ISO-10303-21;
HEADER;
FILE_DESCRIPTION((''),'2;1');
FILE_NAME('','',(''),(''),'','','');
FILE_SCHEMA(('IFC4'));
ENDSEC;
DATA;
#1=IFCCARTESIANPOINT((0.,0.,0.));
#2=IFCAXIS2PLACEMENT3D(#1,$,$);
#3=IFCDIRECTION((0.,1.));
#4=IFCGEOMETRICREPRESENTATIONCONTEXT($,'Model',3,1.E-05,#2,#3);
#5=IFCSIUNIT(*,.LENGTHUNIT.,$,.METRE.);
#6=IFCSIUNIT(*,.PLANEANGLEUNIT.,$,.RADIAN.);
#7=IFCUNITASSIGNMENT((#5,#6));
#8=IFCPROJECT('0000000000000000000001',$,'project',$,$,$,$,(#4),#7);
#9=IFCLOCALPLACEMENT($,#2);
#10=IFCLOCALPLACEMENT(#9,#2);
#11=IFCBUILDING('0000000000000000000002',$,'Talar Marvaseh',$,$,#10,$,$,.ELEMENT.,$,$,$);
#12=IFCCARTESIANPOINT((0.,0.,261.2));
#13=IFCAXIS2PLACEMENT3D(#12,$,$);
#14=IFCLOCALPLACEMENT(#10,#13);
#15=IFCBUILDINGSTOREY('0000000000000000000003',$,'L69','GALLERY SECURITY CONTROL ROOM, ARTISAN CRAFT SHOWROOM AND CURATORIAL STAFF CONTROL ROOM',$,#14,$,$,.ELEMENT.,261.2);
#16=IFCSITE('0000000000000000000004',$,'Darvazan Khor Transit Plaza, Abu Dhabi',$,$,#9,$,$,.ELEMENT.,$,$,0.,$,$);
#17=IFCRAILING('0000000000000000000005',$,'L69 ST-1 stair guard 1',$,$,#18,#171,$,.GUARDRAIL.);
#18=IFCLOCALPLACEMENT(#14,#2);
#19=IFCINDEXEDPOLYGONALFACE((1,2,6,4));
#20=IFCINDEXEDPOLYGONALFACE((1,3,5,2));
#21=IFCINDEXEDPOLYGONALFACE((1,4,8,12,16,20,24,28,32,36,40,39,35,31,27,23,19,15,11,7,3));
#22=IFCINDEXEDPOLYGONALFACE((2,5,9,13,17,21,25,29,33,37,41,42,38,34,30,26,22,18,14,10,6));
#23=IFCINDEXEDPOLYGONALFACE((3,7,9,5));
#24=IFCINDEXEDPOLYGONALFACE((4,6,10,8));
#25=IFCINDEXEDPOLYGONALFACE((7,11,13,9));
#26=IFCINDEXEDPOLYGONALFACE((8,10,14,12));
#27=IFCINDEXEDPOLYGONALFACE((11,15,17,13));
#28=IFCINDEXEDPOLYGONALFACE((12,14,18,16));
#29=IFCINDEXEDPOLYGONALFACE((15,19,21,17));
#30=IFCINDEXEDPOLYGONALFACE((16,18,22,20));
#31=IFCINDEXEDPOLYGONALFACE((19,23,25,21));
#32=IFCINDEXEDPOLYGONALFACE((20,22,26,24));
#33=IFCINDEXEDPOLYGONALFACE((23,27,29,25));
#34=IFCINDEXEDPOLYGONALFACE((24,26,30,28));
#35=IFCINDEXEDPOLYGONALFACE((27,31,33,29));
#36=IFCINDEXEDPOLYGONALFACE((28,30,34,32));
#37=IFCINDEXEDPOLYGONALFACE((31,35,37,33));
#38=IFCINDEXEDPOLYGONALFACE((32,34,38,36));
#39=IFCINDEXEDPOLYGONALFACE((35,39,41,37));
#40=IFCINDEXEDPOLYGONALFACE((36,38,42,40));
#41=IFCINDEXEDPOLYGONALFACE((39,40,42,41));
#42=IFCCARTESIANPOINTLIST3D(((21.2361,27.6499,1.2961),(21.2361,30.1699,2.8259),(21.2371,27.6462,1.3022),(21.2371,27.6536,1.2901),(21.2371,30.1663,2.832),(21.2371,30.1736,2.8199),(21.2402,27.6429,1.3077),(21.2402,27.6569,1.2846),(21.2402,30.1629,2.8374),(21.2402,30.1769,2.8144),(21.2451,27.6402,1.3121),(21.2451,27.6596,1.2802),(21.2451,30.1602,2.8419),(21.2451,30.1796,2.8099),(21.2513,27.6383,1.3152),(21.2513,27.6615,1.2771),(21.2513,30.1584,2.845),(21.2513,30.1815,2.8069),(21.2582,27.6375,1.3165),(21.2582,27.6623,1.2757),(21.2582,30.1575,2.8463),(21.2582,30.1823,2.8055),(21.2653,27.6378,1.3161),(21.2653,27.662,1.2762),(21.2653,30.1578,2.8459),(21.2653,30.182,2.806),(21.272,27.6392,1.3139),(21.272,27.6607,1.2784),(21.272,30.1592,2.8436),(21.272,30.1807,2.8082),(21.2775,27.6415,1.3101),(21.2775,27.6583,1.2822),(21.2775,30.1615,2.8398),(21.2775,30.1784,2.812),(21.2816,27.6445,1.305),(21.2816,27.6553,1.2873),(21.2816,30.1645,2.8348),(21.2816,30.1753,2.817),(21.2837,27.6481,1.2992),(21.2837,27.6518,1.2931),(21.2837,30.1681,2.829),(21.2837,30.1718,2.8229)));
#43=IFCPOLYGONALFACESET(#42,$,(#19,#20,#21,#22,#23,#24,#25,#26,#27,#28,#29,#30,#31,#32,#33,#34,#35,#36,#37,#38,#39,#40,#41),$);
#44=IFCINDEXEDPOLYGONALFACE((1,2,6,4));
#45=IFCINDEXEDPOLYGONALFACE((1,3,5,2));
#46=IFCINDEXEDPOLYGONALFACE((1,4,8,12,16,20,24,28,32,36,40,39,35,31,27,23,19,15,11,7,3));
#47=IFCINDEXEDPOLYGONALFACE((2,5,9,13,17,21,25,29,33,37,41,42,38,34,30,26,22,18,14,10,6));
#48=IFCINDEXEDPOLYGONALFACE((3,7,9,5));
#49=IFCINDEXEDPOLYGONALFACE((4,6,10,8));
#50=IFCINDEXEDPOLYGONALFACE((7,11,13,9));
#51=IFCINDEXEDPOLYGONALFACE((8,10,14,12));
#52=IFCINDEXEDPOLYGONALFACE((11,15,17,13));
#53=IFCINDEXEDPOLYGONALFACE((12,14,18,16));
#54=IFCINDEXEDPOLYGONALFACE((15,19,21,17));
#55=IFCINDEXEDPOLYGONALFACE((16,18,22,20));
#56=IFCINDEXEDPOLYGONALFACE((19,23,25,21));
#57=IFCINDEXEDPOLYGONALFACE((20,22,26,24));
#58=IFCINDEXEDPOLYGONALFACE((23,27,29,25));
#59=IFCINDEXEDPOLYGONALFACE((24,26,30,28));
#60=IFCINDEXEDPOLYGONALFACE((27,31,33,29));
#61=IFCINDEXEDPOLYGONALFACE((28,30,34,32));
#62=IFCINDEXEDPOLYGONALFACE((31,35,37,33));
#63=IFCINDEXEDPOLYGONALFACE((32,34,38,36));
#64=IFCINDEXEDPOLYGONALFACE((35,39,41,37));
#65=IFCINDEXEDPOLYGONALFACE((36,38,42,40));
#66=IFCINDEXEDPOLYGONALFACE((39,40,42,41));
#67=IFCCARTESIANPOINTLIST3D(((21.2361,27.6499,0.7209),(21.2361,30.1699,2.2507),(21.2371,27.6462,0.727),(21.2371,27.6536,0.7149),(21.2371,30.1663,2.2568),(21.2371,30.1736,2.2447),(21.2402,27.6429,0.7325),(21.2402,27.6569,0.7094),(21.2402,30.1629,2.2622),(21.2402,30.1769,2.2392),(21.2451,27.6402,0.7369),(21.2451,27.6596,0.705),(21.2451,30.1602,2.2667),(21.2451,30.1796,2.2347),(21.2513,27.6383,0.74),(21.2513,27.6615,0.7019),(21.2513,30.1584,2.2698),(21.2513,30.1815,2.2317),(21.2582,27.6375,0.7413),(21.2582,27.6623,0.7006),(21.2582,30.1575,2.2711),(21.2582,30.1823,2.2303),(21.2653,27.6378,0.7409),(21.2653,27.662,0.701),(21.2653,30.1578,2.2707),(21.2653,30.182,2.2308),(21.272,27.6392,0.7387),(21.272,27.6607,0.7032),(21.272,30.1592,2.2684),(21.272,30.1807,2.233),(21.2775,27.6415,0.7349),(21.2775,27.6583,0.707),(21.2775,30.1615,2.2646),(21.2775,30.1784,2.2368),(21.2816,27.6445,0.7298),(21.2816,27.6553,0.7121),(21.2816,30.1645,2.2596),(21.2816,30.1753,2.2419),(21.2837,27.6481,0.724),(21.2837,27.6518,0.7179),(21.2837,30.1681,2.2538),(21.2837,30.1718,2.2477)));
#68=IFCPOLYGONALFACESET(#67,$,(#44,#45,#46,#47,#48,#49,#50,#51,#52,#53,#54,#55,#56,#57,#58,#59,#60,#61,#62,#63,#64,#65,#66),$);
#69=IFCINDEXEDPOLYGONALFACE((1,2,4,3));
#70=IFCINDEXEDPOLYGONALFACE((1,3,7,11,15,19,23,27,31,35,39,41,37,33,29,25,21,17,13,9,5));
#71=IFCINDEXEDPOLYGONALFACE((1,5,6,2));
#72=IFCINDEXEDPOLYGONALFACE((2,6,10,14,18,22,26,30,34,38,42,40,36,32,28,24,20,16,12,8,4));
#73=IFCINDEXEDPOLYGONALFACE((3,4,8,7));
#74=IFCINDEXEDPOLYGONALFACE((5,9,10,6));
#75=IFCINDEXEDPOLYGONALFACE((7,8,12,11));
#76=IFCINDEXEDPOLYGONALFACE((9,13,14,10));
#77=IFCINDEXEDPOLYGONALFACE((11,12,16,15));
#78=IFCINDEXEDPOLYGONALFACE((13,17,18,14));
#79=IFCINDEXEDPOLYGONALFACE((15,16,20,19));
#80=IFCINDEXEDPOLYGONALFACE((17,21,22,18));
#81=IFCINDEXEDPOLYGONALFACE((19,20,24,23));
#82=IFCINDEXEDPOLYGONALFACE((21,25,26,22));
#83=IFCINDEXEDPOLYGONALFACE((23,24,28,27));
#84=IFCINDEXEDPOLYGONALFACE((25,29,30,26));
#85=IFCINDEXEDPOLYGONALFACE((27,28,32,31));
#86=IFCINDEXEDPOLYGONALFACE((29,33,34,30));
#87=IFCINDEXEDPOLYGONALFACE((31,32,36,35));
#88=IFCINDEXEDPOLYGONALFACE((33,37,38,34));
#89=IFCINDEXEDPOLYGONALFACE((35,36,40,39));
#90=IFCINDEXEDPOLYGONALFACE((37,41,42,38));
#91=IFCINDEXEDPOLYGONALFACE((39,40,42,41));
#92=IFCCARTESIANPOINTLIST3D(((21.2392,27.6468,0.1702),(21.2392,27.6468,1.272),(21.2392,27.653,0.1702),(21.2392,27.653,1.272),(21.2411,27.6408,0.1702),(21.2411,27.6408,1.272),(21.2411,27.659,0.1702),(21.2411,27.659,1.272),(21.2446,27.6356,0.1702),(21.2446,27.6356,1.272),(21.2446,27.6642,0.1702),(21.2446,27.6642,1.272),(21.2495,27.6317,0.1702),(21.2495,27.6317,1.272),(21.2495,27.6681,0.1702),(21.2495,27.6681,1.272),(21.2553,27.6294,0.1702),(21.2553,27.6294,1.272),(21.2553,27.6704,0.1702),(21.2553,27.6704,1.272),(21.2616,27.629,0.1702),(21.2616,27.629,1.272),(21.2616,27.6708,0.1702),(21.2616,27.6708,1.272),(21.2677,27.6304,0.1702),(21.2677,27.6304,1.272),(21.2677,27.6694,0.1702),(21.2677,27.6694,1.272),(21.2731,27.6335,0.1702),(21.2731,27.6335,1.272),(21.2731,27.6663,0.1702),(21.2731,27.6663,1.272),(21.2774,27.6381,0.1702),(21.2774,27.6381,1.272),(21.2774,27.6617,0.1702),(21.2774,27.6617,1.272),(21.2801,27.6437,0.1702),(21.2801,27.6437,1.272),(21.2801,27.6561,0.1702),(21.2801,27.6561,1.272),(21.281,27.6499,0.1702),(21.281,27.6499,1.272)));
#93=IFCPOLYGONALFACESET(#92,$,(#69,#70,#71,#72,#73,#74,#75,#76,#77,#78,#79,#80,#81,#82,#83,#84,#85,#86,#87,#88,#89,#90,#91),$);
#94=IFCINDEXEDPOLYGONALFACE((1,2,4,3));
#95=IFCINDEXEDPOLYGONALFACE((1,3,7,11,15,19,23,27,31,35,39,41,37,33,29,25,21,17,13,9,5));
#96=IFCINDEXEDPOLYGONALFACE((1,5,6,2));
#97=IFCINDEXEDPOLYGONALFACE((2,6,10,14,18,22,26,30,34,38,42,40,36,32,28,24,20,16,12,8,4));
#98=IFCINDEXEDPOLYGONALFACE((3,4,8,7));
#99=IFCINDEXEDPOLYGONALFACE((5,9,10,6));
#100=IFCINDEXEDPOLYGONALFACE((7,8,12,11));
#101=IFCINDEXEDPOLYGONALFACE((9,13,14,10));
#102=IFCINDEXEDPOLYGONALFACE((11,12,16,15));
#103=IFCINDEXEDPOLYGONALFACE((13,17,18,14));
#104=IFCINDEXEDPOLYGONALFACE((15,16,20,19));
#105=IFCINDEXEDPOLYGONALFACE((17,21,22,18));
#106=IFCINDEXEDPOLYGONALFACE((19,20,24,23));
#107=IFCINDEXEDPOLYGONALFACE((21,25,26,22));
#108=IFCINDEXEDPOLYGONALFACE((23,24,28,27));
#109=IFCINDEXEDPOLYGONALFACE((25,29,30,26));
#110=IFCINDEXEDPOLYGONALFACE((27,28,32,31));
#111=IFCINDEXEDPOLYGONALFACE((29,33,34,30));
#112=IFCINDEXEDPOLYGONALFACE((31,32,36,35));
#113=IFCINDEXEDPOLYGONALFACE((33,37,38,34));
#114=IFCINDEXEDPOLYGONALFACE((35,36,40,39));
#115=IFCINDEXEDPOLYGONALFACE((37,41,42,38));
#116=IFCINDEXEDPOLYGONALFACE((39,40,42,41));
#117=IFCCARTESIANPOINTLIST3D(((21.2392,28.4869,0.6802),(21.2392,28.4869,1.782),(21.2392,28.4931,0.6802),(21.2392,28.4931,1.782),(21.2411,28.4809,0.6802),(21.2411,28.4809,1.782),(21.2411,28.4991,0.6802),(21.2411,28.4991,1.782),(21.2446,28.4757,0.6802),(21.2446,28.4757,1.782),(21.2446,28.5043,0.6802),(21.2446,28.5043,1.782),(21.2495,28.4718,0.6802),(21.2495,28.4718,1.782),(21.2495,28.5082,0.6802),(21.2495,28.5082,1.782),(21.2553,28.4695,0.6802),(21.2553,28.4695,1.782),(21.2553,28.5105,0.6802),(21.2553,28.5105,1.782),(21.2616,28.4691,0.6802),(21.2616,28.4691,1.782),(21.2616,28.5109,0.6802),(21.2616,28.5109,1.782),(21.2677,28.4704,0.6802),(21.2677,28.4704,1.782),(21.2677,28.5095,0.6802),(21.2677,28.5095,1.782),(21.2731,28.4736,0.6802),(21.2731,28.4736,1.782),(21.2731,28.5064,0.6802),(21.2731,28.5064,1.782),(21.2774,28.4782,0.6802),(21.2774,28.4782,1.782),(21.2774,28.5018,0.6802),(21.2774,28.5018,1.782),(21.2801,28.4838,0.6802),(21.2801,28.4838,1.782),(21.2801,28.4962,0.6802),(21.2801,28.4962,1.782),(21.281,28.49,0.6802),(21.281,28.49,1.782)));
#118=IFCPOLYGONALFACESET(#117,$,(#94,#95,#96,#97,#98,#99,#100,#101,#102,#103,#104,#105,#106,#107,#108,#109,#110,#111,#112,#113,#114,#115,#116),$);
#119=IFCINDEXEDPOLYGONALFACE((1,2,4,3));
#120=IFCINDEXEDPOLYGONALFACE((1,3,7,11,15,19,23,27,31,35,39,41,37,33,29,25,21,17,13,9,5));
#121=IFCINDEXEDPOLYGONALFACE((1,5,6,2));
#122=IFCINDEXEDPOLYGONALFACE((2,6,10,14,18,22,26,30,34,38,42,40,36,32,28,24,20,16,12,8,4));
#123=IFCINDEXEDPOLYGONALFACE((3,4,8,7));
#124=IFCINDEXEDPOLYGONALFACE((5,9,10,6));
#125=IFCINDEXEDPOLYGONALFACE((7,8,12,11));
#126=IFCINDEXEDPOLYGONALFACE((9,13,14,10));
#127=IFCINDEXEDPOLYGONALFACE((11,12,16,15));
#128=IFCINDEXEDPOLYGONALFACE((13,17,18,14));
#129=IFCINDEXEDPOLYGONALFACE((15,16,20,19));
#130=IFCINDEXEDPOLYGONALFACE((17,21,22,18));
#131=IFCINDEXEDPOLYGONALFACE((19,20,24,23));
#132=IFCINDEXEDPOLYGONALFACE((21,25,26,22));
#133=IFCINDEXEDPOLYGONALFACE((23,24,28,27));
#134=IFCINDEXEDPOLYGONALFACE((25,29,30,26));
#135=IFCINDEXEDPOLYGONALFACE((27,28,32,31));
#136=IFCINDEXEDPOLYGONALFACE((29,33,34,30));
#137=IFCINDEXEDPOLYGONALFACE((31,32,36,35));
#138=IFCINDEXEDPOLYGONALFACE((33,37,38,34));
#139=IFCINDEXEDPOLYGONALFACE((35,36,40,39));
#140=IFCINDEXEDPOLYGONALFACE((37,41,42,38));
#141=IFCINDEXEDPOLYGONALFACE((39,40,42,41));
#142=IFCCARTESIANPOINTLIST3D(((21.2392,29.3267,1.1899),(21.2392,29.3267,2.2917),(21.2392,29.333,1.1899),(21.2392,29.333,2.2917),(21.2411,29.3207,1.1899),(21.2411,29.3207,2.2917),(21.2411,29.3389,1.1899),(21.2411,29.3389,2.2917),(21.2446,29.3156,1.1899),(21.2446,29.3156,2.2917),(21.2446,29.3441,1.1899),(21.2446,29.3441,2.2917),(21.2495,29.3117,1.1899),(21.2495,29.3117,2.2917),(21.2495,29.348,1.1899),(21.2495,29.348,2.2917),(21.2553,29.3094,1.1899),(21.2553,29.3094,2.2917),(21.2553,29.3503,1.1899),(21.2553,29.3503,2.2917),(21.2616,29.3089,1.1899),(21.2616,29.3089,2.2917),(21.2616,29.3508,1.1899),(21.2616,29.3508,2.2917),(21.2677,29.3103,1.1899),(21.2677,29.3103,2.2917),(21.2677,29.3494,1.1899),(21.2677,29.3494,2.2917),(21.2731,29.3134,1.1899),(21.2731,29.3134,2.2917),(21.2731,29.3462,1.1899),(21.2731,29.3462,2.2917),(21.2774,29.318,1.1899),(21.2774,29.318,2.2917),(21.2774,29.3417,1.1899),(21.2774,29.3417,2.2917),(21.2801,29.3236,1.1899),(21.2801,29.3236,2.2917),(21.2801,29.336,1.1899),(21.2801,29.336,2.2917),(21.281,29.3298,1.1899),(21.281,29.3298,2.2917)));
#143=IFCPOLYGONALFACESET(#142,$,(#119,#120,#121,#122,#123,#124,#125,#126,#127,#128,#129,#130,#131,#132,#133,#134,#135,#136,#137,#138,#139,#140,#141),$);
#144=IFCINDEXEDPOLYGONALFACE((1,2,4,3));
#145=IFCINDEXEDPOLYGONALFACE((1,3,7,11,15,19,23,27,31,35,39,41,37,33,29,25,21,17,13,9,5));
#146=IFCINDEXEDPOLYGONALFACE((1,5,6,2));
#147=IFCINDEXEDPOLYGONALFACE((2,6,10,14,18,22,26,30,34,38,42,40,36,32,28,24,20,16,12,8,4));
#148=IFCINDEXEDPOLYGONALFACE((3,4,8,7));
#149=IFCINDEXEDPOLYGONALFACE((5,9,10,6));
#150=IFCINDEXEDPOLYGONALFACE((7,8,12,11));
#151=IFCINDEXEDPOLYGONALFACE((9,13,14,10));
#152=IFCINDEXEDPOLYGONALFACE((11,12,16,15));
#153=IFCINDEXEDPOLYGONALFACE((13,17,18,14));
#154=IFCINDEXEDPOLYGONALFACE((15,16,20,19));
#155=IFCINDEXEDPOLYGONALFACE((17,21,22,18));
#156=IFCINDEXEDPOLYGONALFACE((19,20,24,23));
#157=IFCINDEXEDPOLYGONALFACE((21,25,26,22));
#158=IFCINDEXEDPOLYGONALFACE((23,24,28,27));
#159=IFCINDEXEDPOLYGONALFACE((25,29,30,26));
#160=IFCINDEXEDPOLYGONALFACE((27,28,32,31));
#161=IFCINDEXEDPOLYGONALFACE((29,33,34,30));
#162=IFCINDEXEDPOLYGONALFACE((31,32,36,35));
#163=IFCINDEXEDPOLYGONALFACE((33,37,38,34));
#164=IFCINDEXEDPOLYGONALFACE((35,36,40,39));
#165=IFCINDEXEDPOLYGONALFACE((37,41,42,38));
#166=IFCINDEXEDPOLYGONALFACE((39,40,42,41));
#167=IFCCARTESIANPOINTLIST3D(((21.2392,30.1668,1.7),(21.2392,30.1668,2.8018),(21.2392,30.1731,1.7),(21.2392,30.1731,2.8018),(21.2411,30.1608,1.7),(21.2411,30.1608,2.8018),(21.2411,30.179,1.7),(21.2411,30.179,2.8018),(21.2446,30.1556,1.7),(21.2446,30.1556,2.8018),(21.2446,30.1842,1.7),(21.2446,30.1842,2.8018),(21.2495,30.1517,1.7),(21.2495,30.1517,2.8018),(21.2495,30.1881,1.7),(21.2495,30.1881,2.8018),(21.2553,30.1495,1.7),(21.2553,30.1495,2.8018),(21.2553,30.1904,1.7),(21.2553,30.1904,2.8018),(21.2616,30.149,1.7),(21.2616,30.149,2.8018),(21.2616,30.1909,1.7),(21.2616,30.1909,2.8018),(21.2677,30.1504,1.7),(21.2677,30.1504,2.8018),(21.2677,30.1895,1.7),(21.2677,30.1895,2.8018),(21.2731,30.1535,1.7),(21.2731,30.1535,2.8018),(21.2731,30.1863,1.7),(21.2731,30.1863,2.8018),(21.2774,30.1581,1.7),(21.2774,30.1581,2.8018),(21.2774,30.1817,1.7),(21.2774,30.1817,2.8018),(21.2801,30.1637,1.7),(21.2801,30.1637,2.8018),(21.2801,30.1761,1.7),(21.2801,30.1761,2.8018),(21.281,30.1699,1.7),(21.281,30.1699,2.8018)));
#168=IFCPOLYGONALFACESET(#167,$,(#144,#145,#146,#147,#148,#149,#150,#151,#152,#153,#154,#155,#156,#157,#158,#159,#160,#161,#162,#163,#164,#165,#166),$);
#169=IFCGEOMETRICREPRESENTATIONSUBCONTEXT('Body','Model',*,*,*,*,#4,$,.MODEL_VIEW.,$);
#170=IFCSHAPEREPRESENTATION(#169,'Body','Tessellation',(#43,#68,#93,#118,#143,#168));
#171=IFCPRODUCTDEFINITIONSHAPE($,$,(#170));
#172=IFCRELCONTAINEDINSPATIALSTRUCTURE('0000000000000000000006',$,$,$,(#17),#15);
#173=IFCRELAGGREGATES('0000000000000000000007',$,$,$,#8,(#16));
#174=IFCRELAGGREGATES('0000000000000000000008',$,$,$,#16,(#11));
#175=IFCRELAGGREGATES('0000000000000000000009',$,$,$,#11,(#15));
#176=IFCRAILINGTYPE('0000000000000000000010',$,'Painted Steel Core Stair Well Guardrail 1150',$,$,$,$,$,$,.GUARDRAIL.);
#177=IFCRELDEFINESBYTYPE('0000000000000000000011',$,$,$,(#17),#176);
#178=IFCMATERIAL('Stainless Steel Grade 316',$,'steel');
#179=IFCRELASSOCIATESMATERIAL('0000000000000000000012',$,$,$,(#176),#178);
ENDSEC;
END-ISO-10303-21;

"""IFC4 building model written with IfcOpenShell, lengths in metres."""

from ifc_helpers import new_model, si_unit, direction, frame, origin, origin_2d, place, context, subcontext, project, spatial, circle, extrude, material, type_object, element, save


model = new_model("IFC4")

# Units and contexts
model_context = context("Model", 3, precision=1e-05, world=origin(), true_north=direction((0.0, 1.0)))
body_context = subcontext(model_context, "Body", "Model", "MODEL_VIEW")
ifc_project = project(units=[si_unit("LENGTHUNIT", "METRE"), si_unit("PLANEANGLEUNIT", "RADIAN")], contexts=[model_context])

# Site, building, storey
site_placement = place(None, origin())
site = spatial("IfcSite", under=ifc_project, at=site_placement, Name="Darvazan Khor Transit Plaza, Abu Dhabi", CompositionType="ELEMENT", RefElevation=0.0)
building_placement = place(site_placement, origin())
building = spatial("IfcBuilding", under=site, at=building_placement, Name="Talar Marvaseh", CompositionType="ELEMENT")
storey_placement = place(building_placement, frame((0.0, 0.0, 261.2)))
storey = spatial("IfcBuildingStorey", under=building, at=storey_placement, Name="L69", Description="GALLERY SECURITY CONTROL ROOM, ARTISAN CRAFT SHOWROOM AND CURATORIAL STAFF CONTROL ROOM", CompositionType="ELEMENT", Elevation=261.2)

# Shared definitions
ifc_material_1 = material(Name="Stainless Steel Grade 316", Category="steel")

# Railing
railing_type_1 = type_object("IfcRailingType", Name="Painted Steel Core Stair Well Guardrail 1150", PredefinedType="GUARDRAIL", material=ifc_material_1)
railing_1_placement = place(storey_placement, frame((21.26, 27.6499, 0.1702)))
element("IfcRailing", 1, at=railing_1_placement, inside=storey, type_object=railing_type_1, Name="L69 ST-1 stair guard 1", PredefinedType="GUARDRAIL", context=body_context, shape_type="SweptSolid", body=[
    extrude(circle(Radius=0.0239, at=origin_2d()), frame((0.0, 0.0, 1.126), z_axis=(0.0, 0.854822, 0.518922), x_axis=(-1.0, 0.0, 0.0)), (0.0, 0.0, 1.0), 2.948),
    extrude(circle(Radius=0.0239, at=origin_2d()), frame((0.0, 0.0, 0.5508), z_axis=(0.0, 0.854822, 0.518922), x_axis=(-1.0, 0.0, 0.0)), (0.0, 0.0, 1.0), 2.948),
    extrude(circle(Radius=0.021, at=origin_2d()), origin(), (0.0, 0.0, 1.0), 1.1018),
    extrude(circle(Radius=0.021, at=origin_2d()), frame((0.0, 0.8401, 0.51)), (0.0, 0.0, 1.0), 1.1018),
    extrude(circle(Radius=0.021, at=origin_2d()), frame((0.0, 1.6799, 1.0198)), (0.0, 0.0, 1.0), 1.1018),
    extrude(circle(Radius=0.021, at=origin_2d()), frame((0.0, 2.52, 1.5298)), (0.0, 0.0, 1.0), 1.1018),
])

save(model, "model.ifc")
